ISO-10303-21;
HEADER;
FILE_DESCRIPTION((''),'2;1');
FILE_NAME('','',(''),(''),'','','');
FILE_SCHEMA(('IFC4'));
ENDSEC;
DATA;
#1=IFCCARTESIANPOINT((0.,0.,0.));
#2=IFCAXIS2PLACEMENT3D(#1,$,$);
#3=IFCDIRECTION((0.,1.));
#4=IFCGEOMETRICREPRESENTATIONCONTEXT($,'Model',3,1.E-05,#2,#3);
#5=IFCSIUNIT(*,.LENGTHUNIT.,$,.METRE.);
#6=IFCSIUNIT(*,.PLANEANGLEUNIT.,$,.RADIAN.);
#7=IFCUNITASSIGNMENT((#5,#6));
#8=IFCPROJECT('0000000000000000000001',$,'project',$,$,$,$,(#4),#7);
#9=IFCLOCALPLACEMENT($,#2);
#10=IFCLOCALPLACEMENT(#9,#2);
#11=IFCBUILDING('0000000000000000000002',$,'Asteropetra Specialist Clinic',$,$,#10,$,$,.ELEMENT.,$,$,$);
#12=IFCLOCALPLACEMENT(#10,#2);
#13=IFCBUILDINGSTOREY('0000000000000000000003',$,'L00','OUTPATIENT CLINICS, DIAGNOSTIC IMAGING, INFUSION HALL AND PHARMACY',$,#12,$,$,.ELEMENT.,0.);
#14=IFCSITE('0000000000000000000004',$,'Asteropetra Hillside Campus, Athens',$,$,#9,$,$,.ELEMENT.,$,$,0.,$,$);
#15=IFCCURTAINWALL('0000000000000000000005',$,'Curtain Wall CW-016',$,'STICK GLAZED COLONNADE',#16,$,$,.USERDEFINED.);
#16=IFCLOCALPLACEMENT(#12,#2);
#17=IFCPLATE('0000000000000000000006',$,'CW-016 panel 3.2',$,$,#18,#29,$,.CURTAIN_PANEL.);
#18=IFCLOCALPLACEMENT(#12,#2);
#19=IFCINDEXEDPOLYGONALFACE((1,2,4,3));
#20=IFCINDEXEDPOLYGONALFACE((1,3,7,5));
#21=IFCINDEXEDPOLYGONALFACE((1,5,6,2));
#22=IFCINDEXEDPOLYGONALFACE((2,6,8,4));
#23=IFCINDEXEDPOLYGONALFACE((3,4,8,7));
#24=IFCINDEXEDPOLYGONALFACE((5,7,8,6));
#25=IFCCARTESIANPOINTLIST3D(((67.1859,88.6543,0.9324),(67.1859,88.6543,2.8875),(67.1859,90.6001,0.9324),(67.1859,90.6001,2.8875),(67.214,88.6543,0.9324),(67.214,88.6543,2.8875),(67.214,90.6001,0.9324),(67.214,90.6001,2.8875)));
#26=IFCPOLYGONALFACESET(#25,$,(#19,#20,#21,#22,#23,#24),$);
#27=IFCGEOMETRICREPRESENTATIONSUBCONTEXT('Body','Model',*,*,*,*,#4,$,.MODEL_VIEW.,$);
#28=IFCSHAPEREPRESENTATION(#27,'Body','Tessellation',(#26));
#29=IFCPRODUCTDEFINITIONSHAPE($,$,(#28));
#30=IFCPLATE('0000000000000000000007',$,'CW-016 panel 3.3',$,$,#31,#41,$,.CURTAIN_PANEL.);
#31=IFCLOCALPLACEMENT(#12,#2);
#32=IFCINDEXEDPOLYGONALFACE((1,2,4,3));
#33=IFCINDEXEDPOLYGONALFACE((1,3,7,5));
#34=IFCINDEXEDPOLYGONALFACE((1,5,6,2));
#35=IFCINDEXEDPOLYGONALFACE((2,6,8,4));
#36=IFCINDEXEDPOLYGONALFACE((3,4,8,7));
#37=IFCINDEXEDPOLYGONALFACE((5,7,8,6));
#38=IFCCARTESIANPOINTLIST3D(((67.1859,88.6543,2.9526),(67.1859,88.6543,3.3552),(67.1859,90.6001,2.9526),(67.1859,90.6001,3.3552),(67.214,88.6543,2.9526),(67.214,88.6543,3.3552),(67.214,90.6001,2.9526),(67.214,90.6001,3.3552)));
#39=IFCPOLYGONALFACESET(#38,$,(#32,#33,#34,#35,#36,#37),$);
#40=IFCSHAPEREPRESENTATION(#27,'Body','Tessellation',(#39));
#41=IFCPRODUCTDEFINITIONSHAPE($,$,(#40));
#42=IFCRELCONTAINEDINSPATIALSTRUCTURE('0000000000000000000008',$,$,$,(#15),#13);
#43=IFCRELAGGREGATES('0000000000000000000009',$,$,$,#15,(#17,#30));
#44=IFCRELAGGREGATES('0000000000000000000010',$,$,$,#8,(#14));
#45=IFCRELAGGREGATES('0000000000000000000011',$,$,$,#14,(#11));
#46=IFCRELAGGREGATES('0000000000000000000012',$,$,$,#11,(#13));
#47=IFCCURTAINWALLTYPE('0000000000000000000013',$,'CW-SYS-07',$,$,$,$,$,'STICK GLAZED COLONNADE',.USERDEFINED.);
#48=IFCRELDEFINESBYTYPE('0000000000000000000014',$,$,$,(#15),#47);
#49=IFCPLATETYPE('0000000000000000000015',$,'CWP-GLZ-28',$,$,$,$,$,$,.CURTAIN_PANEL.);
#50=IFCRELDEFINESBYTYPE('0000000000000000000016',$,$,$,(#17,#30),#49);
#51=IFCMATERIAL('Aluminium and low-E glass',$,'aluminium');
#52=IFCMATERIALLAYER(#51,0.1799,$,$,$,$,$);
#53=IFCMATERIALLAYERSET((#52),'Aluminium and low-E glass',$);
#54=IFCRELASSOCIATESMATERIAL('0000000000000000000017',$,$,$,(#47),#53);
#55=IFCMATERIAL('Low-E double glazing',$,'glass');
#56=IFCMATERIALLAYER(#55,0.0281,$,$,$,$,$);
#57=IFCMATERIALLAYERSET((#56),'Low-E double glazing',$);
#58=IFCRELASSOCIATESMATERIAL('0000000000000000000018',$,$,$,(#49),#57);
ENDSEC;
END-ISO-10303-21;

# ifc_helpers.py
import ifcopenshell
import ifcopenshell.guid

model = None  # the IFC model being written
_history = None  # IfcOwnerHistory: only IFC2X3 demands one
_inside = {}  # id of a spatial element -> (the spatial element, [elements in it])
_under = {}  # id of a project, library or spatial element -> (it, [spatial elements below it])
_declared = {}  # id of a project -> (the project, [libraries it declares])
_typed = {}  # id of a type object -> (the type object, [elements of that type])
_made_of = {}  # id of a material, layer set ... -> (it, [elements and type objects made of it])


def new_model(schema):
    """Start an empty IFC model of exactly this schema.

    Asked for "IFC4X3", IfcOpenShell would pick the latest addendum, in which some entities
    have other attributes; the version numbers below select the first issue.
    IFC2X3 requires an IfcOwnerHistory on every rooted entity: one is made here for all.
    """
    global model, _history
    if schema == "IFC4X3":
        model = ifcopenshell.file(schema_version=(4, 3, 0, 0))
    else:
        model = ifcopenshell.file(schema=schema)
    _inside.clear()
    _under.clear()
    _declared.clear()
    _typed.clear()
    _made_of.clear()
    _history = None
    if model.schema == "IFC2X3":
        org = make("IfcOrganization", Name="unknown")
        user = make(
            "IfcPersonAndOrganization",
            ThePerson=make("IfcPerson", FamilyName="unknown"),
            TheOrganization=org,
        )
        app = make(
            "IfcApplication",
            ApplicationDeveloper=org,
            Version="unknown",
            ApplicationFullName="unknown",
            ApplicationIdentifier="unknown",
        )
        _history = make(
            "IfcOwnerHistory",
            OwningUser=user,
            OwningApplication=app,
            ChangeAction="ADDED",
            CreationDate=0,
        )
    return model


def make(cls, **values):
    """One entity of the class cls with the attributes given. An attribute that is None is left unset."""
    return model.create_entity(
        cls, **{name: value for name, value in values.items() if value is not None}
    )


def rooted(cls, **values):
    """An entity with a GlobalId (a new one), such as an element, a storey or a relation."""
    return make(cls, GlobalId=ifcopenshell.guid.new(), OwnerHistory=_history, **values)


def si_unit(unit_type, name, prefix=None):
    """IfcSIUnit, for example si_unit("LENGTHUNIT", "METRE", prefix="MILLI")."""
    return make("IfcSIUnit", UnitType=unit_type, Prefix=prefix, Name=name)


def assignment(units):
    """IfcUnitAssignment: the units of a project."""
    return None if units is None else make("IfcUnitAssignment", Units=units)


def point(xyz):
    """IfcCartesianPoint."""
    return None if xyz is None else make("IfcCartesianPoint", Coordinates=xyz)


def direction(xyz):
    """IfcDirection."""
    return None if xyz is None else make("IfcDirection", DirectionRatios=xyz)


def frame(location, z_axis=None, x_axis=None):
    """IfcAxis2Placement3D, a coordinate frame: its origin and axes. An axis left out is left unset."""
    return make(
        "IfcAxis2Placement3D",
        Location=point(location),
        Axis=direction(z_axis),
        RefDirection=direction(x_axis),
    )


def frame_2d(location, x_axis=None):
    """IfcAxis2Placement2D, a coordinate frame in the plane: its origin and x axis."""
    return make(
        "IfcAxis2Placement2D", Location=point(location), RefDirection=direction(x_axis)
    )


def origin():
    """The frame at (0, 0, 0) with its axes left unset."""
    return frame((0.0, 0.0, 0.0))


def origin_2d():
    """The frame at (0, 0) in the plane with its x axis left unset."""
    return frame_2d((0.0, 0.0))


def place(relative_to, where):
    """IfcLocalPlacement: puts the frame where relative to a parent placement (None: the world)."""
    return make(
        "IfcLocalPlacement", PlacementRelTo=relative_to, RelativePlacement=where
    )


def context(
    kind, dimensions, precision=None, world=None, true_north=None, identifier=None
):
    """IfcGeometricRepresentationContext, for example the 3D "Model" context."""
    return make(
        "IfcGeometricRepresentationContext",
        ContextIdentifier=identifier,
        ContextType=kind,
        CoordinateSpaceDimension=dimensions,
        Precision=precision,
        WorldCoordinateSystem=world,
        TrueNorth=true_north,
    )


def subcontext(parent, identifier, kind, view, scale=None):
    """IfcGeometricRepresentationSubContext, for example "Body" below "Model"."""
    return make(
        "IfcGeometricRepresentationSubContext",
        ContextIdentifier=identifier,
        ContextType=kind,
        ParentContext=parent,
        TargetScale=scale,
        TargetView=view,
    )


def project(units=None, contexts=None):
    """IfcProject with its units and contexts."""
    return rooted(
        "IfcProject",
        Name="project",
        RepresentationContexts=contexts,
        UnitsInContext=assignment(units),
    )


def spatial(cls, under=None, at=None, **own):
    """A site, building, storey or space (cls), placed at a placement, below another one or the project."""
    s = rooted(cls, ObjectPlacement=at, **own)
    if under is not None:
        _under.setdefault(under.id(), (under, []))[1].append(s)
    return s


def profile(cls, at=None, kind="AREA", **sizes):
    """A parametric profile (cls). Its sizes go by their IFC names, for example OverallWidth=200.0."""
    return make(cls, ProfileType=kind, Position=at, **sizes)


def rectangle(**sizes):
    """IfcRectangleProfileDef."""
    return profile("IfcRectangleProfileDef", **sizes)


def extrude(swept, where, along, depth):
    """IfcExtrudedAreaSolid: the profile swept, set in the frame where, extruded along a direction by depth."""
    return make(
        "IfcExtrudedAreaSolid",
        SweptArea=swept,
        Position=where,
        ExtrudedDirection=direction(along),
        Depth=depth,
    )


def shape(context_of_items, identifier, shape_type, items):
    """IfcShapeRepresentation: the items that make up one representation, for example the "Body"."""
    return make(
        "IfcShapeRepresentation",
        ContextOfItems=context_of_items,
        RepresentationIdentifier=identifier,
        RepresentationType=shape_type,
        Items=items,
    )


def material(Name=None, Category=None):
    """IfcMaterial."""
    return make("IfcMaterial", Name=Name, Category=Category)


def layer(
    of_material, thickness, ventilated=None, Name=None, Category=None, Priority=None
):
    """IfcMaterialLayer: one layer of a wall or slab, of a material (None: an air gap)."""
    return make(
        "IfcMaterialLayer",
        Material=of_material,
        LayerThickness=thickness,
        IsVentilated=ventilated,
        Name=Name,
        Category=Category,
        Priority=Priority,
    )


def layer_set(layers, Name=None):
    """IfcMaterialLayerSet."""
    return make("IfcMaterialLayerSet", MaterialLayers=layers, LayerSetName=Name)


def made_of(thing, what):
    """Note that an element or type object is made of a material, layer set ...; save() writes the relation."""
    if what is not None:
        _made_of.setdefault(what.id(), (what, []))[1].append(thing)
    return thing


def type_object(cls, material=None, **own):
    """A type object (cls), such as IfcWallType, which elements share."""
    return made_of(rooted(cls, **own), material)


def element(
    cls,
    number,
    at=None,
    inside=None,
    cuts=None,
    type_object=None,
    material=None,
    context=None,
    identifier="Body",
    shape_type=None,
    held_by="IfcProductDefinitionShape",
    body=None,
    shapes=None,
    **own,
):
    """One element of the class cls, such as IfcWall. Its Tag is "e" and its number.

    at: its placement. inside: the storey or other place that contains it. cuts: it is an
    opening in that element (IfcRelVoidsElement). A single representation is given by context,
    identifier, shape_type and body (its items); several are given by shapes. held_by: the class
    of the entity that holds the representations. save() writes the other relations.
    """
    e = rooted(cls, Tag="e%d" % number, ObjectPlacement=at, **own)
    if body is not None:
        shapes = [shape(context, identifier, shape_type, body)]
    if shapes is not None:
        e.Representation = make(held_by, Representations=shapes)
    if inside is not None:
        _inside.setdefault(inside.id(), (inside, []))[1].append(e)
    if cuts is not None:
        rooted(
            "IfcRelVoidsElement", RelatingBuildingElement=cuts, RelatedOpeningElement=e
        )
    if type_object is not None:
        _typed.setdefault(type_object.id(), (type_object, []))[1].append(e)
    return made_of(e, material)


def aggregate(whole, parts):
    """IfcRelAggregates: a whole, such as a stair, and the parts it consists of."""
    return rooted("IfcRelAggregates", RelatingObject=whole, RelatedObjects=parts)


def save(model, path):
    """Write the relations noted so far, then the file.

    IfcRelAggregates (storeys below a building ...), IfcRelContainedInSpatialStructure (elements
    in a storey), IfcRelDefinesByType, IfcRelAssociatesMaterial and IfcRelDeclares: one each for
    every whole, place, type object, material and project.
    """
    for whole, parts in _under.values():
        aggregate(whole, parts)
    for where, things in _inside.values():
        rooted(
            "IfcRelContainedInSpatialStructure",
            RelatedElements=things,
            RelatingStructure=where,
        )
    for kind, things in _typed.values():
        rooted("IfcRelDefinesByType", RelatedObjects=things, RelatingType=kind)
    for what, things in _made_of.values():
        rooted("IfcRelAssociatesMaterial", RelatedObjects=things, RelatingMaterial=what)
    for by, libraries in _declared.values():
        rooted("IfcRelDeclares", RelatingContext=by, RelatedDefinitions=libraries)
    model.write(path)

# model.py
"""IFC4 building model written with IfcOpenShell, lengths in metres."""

from ifc_helpers import new_model, si_unit, direction, frame, origin, origin_2d, place, context, subcontext, project, spatial, rectangle, extrude, material, layer, layer_set, type_object, element, aggregate, save


model = new_model("IFC4")

# Units and contexts
model_context = context("Model", 3, precision=1e-05, world=origin(), true_north=direction((0.0, 1.0)))
body_context = subcontext(model_context, "Body", "Model", "MODEL_VIEW")
ifc_project = project(units=[si_unit("LENGTHUNIT", "METRE"), si_unit("PLANEANGLEUNIT", "RADIAN")], contexts=[model_context])

# Site, building, storey
site_placement = place(None, origin())
site = spatial("IfcSite", under=ifc_project, at=site_placement, Name="Asteropetra Hillside Campus, Athens", CompositionType="ELEMENT", RefElevation=0.0)
building_placement = place(site_placement, origin())
building = spatial("IfcBuilding", under=site, at=building_placement, Name="Asteropetra Specialist Clinic", CompositionType="ELEMENT")
storey_placement = place(building_placement, origin())
storey = spatial("IfcBuildingStorey", under=building, at=storey_placement, Name="L00", Description="OUTPATIENT CLINICS, DIAGNOSTIC IMAGING, INFUSION HALL AND PHARMACY", CompositionType="ELEMENT", Elevation=0.0)

# Curtain wall
ifc_material_1 = material(Name="Aluminium and low-E glass", Category="aluminium")
ifc_layer_1 = layer(ifc_material_1, 0.1799)
ifc_layer_set_1 = layer_set([ifc_layer_1], Name="Aluminium and low-E glass")
curtain_wall_type_1 = type_object("IfcCurtainWallType", Name="CW-SYS-07", ElementType="STICK GLAZED COLONNADE", PredefinedType="USERDEFINED", material=ifc_layer_set_1)
curtain_wall_1_placement = place(storey_placement, origin())
curtain_wall_1 = element("IfcCurtainWall", 1, at=curtain_wall_1_placement, inside=storey, type_object=curtain_wall_type_1, Name="Curtain Wall CW-016", ObjectType="STICK GLAZED COLONNADE", PredefinedType="USERDEFINED")

# Plates
ifc_material_2 = material(Name="Low-E double glazing", Category="glass")
ifc_layer_2 = layer(ifc_material_2, 0.0281)
ifc_layer_set_2 = layer_set([ifc_layer_2], Name="Low-E double glazing")
plate_type = type_object("IfcPlateType", Name="CWP-GLZ-28", PredefinedType="CURTAIN_PANEL", material=ifc_layer_set_2)
plate_1_placement = place(storey_placement, frame((67.2, 89.6272, 0.9324), z_axis=(0.0, 0.0, 1.0), x_axis=(0.0, 1.0, 0.0)))
plate_1 = element("IfcPlate", 2, at=plate_1_placement, type_object=plate_type, Name="CW-016 panel 3.2", PredefinedType="CURTAIN_PANEL", context=body_context, shape_type="SweptSolid", body=[
    extrude(rectangle(XDim=1.9458, YDim=0.0281, at=origin_2d()), origin(), (0.0, 0.0, 1.0), 1.9551),
])
plate_2_placement = place(storey_placement, frame((67.2, 89.6272, 2.9526), z_axis=(0.0, 0.0, 1.0), x_axis=(0.0, 1.0, 0.0)))
plate_2 = element("IfcPlate", 3, at=plate_2_placement, type_object=plate_type, Name="CW-016 panel 3.3", PredefinedType="CURTAIN_PANEL", context=body_context, shape_type="SweptSolid", body=[
    extrude(rectangle(XDim=1.9458, YDim=0.0281, at=origin_2d()), origin(), (0.0, 0.0, 1.0), 0.4026),
])
aggregate(curtain_wall_1, [plate_1, plate_2])

save(model, "model.ifc")
